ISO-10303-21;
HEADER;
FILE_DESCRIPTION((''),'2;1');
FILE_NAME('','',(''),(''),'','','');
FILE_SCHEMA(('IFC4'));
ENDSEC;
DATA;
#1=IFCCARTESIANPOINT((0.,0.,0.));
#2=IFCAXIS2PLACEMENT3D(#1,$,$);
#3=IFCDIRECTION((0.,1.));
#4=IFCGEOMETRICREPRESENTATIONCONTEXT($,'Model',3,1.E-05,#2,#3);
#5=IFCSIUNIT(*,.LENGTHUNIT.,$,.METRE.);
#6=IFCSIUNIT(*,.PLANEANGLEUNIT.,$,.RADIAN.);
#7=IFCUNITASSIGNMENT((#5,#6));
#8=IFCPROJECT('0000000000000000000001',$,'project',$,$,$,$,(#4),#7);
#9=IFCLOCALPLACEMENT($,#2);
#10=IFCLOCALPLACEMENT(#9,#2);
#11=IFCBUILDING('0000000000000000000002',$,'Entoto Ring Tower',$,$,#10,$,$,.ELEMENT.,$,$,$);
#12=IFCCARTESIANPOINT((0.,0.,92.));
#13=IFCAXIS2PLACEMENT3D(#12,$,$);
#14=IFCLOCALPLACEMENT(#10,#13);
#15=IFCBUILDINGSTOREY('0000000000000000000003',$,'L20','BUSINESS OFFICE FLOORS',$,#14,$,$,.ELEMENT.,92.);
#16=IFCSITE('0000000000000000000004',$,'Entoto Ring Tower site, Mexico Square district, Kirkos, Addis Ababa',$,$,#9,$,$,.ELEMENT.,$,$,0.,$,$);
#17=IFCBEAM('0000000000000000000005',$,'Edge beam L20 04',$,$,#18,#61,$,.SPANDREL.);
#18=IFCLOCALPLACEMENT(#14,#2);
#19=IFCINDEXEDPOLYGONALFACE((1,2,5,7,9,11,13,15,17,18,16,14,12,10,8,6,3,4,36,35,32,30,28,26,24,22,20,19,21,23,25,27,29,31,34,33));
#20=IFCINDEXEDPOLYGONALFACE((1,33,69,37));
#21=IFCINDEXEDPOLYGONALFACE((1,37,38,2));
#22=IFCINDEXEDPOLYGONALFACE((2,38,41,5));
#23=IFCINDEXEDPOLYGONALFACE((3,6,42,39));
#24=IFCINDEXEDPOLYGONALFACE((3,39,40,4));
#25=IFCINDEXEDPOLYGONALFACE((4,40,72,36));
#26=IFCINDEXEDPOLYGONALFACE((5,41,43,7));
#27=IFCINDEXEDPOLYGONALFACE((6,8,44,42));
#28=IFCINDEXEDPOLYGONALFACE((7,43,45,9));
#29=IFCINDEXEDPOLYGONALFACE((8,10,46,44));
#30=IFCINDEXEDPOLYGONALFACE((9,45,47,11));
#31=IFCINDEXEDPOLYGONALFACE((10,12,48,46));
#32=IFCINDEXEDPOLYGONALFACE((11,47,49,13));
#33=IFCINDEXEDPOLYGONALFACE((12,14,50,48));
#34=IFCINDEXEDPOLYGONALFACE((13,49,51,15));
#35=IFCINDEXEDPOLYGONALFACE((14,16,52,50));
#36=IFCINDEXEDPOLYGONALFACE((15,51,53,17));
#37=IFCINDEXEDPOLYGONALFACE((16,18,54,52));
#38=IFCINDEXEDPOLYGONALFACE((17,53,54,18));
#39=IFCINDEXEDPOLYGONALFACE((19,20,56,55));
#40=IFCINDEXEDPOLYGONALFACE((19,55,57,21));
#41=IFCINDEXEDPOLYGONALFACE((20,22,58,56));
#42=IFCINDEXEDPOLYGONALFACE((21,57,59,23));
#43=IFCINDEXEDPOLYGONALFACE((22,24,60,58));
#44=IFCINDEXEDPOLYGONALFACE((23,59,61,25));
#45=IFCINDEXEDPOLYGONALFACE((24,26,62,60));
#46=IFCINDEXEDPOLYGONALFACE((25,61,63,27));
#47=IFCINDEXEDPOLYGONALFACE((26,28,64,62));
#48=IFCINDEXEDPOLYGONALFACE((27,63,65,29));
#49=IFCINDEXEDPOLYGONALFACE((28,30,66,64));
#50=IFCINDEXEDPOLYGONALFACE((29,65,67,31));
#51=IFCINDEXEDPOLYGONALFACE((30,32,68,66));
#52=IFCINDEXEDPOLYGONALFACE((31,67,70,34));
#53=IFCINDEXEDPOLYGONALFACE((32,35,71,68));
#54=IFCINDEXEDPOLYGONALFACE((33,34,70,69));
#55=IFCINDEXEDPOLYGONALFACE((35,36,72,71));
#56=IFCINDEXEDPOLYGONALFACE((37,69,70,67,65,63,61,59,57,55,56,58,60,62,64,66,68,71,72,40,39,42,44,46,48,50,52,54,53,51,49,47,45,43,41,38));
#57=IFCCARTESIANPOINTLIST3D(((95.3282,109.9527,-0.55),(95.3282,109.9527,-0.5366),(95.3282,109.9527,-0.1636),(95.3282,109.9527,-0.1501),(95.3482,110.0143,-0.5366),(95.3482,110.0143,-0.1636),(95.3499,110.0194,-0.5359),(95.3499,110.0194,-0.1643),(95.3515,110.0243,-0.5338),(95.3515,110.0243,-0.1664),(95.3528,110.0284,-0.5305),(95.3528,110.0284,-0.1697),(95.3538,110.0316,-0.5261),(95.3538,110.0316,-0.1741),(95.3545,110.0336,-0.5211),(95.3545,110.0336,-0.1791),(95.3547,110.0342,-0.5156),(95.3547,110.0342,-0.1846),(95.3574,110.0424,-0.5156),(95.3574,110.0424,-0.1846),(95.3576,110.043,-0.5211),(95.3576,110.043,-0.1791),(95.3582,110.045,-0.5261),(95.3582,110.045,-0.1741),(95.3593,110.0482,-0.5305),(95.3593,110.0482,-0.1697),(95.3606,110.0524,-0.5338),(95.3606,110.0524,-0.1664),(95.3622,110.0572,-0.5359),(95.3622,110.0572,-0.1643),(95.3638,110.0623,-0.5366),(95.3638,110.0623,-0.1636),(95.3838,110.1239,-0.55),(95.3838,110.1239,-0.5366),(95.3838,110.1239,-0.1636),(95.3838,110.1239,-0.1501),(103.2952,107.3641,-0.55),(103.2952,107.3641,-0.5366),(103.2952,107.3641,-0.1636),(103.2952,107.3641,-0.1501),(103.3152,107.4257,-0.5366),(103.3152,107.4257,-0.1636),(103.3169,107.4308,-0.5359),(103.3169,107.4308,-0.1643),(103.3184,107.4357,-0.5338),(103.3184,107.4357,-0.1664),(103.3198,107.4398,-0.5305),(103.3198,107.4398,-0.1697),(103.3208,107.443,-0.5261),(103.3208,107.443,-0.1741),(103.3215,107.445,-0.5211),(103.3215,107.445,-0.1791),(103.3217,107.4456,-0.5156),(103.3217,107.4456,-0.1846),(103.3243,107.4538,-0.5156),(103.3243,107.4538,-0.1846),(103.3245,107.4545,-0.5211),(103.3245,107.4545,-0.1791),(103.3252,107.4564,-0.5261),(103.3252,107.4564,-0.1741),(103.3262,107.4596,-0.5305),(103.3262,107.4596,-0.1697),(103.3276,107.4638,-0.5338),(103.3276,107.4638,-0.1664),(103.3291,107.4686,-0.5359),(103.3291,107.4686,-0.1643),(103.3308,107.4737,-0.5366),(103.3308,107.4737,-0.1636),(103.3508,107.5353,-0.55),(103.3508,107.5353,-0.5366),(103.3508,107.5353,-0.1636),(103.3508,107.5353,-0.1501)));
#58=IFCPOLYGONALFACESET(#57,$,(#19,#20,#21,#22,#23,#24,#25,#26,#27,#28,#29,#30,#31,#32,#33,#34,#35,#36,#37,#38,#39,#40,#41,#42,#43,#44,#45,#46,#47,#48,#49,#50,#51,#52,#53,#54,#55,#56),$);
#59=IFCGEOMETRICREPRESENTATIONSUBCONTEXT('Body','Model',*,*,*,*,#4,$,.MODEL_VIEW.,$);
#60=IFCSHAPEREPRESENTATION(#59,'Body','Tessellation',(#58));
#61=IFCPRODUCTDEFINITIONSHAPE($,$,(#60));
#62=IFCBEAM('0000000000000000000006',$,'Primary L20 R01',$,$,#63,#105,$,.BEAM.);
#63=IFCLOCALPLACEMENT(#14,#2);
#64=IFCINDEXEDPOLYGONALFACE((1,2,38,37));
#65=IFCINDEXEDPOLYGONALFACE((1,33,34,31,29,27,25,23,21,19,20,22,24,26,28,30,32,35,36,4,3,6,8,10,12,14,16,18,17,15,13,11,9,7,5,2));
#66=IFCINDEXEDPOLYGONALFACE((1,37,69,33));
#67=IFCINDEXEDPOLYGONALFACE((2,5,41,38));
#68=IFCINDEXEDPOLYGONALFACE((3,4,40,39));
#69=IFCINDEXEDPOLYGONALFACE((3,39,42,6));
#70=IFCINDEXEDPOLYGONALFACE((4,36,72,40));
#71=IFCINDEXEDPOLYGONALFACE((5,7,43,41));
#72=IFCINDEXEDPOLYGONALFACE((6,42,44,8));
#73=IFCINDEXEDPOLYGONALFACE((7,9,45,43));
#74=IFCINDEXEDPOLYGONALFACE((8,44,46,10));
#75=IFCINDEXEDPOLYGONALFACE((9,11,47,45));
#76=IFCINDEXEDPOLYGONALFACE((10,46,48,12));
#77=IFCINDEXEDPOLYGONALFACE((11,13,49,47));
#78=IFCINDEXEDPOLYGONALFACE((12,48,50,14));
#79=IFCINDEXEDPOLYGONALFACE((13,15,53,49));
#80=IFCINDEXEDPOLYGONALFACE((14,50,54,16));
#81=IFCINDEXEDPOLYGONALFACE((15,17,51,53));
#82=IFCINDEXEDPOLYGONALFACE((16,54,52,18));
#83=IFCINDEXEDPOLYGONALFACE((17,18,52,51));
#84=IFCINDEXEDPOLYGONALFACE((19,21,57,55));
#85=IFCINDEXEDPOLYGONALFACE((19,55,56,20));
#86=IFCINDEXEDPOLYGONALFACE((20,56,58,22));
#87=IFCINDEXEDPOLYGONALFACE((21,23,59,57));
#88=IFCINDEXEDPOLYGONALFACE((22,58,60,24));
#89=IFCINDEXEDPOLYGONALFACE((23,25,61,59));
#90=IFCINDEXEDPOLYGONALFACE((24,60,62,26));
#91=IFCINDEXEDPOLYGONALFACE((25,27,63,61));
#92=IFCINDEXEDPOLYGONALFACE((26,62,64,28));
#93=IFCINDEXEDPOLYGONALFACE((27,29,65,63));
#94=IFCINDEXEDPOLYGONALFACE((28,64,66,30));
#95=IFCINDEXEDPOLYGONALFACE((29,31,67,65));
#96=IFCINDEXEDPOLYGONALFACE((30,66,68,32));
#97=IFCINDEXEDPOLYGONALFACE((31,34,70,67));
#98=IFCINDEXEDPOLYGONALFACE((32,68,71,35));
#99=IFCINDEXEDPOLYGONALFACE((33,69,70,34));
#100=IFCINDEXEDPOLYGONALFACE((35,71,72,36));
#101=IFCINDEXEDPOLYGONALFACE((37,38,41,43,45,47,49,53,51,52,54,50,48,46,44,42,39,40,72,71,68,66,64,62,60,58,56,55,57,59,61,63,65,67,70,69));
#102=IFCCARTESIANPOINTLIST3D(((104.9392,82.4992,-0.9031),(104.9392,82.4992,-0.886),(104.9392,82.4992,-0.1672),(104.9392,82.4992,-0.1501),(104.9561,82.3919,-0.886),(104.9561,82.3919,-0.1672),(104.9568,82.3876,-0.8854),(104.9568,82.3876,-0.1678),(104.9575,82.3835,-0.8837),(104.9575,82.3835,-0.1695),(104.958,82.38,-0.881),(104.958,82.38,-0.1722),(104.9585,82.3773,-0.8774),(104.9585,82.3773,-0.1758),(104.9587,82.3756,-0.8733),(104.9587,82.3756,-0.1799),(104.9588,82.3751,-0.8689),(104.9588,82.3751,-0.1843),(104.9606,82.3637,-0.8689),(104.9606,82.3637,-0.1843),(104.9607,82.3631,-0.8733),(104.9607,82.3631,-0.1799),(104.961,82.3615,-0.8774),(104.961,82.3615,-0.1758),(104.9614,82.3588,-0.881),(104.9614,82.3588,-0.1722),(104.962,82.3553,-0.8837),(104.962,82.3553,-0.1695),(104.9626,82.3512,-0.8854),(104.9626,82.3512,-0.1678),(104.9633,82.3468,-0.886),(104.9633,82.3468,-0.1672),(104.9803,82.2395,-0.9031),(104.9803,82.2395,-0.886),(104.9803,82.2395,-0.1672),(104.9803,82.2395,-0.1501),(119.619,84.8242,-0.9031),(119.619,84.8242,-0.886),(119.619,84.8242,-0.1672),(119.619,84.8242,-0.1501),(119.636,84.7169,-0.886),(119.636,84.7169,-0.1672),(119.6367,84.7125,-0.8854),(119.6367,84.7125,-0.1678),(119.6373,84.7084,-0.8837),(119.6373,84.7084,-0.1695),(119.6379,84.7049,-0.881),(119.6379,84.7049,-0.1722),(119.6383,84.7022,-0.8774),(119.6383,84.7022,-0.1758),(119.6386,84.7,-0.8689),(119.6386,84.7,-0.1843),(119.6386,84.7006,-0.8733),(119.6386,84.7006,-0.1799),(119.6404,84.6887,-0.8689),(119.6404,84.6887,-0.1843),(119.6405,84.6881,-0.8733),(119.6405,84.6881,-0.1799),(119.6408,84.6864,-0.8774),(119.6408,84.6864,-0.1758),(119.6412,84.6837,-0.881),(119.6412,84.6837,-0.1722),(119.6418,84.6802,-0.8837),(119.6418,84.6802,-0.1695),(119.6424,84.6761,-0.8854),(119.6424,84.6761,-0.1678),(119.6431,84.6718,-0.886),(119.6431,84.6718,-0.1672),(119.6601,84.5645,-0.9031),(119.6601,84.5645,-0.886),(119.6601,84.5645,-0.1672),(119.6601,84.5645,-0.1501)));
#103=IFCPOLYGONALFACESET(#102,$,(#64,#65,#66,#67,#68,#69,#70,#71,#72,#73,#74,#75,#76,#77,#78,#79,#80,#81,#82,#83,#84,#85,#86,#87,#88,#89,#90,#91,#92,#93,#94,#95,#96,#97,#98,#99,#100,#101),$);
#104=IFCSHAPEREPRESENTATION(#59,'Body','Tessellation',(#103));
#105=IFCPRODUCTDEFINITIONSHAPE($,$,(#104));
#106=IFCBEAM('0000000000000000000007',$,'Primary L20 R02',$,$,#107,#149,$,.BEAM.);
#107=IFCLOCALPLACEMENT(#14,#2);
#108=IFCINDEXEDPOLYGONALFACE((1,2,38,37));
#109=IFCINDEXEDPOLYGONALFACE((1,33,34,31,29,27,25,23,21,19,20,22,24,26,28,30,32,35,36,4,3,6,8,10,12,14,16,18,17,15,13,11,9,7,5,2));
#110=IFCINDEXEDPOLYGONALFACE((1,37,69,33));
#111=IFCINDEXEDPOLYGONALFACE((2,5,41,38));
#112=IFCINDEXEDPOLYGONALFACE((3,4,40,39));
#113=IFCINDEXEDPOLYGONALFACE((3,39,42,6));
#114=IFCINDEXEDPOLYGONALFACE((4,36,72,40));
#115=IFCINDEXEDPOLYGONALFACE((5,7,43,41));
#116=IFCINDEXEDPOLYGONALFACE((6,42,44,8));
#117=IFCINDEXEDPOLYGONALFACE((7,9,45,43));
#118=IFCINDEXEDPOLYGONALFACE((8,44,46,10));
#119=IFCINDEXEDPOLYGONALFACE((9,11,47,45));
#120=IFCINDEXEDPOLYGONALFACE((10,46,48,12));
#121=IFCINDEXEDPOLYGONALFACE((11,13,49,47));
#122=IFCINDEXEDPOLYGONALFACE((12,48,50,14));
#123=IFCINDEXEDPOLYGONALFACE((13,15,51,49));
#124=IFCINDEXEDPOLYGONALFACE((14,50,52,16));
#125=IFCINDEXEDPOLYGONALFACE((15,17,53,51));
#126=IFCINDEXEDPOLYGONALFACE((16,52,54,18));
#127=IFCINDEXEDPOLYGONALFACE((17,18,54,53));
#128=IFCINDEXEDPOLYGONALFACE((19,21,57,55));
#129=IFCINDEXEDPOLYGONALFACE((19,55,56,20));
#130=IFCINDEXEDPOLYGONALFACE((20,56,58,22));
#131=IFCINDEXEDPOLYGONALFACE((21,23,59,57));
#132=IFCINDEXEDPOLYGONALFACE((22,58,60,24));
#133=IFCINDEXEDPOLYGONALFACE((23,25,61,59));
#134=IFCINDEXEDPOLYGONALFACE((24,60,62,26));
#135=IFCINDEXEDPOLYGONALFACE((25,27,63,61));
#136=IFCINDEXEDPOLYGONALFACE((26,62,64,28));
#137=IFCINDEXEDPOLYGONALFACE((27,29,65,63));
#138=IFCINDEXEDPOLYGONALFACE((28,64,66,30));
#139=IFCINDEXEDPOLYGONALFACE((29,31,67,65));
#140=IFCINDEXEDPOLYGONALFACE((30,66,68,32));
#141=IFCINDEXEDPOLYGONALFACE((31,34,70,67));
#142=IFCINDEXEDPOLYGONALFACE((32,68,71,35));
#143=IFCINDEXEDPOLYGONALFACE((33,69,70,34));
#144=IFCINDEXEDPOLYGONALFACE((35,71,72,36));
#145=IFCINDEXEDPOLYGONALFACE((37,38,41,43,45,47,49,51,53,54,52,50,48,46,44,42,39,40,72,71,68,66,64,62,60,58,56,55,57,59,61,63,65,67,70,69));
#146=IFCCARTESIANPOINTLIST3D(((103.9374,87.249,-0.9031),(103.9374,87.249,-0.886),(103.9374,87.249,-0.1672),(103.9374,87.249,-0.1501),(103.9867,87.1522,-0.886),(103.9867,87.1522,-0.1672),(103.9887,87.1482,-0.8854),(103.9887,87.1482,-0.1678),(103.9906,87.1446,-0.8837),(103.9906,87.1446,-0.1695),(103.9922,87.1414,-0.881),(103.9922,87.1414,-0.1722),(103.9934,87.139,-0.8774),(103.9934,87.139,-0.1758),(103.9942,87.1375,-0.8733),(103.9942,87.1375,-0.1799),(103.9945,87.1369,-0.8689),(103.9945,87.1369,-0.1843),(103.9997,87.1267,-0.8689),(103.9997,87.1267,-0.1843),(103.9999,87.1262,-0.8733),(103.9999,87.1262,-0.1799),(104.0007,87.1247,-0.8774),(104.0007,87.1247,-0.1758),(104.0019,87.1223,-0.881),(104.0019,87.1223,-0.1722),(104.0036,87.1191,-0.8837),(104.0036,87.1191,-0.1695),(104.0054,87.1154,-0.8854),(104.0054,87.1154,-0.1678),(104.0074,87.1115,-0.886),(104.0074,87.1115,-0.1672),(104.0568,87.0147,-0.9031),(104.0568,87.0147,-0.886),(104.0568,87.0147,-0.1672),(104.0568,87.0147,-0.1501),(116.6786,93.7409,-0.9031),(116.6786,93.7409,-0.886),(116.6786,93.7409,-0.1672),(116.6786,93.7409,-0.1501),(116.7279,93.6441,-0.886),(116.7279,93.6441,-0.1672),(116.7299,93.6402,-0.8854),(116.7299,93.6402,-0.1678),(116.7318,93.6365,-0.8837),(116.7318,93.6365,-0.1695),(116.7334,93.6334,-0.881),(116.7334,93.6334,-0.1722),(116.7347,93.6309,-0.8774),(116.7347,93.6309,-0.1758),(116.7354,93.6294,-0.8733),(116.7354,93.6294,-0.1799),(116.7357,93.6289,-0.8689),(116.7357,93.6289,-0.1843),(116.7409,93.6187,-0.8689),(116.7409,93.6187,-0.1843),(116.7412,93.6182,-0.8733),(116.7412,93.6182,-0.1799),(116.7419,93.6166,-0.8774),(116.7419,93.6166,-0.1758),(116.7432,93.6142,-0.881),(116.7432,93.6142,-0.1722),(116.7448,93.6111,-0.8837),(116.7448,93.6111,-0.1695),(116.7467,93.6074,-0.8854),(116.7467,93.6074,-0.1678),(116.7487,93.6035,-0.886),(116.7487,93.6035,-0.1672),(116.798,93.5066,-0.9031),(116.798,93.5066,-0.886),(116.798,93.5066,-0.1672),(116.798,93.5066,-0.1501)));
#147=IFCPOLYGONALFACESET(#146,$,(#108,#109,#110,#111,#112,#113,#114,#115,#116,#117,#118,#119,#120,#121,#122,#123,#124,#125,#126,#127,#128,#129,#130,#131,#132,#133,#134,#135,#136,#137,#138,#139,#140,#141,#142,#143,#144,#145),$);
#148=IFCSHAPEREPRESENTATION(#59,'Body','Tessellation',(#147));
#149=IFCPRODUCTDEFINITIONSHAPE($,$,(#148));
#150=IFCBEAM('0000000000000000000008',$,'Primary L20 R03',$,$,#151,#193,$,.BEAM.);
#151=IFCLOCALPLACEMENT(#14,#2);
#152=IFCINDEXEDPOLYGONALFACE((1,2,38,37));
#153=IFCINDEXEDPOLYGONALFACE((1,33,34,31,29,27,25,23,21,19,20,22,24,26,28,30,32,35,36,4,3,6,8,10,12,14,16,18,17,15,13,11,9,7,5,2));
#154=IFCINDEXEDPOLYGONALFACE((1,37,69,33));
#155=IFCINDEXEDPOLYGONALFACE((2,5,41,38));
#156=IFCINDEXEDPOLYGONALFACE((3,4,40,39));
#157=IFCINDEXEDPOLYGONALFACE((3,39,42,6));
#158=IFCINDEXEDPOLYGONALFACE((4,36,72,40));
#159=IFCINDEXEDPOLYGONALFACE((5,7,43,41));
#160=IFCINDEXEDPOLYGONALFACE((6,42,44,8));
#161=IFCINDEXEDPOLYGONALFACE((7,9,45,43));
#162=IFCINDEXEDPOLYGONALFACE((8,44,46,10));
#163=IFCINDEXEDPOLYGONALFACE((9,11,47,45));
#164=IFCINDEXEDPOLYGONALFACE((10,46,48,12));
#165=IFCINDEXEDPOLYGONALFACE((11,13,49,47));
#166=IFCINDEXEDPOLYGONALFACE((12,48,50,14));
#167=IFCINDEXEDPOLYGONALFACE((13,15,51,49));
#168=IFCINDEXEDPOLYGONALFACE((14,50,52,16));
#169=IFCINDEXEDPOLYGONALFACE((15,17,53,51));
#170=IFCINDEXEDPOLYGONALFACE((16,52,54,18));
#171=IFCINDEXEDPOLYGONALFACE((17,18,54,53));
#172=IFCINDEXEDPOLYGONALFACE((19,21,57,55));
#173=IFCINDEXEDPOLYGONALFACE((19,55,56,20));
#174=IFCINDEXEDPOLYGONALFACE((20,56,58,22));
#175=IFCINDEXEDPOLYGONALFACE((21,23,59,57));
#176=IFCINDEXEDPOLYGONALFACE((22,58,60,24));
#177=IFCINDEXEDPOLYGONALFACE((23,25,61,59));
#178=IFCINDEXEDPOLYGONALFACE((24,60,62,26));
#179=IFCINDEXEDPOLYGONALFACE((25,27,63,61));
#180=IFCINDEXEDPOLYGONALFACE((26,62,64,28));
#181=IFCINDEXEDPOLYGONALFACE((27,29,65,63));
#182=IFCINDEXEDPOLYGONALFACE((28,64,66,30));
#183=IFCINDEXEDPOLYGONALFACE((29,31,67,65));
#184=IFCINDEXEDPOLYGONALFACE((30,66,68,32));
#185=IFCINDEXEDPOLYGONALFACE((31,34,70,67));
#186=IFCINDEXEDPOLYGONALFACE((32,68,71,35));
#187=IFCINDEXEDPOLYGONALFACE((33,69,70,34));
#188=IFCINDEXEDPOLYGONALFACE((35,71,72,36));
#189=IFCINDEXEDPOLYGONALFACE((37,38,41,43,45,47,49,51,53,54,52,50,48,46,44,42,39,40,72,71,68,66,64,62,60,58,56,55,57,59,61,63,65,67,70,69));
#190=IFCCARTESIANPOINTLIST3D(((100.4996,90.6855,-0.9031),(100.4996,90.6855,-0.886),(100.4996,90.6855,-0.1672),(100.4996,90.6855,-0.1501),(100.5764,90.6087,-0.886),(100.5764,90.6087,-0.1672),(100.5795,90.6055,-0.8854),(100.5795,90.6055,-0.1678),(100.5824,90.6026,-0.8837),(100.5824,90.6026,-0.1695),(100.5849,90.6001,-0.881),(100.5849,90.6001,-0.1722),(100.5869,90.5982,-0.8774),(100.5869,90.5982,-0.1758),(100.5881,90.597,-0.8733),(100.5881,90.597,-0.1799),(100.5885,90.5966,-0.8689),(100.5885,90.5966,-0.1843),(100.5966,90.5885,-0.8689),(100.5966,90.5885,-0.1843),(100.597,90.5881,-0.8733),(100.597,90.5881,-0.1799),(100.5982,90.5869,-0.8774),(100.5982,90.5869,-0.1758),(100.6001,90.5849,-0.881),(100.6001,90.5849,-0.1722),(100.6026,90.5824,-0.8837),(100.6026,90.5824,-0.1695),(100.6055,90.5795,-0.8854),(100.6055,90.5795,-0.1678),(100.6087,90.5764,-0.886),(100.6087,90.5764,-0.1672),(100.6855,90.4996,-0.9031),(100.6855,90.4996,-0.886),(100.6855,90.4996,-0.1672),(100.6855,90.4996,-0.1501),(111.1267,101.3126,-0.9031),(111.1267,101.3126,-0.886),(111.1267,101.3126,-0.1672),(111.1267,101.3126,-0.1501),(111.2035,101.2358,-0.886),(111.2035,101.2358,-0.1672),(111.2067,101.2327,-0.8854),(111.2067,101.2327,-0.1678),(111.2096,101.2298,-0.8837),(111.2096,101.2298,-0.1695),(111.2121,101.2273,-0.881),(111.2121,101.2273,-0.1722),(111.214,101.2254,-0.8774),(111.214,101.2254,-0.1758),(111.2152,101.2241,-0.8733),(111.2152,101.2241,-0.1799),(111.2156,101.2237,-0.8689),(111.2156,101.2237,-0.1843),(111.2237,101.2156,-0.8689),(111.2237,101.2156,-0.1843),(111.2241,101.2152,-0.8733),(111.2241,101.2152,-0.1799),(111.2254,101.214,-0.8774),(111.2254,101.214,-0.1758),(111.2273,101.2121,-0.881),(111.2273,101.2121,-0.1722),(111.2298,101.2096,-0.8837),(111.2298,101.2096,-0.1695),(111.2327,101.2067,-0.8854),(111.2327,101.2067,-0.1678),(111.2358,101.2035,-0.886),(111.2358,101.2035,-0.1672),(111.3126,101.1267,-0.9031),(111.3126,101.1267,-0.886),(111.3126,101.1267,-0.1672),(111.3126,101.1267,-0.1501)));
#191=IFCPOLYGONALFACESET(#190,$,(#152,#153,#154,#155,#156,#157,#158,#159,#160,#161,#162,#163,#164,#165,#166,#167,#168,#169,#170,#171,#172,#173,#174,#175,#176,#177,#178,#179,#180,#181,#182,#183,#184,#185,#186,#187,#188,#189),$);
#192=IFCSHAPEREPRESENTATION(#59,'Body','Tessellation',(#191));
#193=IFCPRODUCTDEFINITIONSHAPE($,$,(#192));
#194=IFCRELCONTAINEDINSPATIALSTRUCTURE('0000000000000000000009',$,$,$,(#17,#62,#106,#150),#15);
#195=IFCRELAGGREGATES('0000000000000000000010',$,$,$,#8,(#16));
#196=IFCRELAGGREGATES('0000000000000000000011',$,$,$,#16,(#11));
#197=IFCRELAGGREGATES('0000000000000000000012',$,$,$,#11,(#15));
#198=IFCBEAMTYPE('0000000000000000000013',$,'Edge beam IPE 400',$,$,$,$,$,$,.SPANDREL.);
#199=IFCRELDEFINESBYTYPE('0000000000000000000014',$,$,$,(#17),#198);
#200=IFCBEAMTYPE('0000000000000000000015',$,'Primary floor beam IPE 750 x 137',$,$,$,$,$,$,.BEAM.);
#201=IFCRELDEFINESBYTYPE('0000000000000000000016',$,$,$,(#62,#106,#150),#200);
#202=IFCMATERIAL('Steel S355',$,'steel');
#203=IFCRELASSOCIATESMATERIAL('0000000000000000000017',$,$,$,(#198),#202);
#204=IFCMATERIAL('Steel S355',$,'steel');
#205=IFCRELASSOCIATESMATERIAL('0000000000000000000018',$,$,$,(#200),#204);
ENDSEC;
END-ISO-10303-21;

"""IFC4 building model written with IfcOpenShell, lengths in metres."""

from ifc_helpers import new_model, si_unit, direction, frame, origin, origin_2d, place, context, subcontext, project, spatial, i_section, extrude, material, material_profile, profile_set, type_object, element, save


model = new_model("IFC4")

# Units and contexts
model_context = context("Model", 3, precision=1e-05, world=origin(), true_north=direction((0.0, 1.0)))
body_context = subcontext(model_context, "Body", "Model", "MODEL_VIEW")
ifc_project = project(units=[si_unit("LENGTHUNIT", "METRE"), si_unit("PLANEANGLEUNIT", "RADIAN")], contexts=[model_context])

# Site, building, storey
site_placement = place(None, origin())
site = spatial("IfcSite", under=ifc_project, at=site_placement, Name="Entoto Ring Tower site, Mexico Square district, Kirkos, Addis Ababa", CompositionType="ELEMENT", RefElevation=0.0)
building_placement = place(site_placement, origin())
building = spatial("IfcBuilding", under=site, at=building_placement, Name="Entoto Ring Tower", CompositionType="ELEMENT")
storey_placement = place(building_placement, frame((0.0, 0.0, 92.0)))
storey = spatial("IfcBuildingStorey", under=building, at=storey_placement, Name="L20", Description="BUSINESS OFFICE FLOORS", CompositionType="ELEMENT", Elevation=92.0)

# Beams
ifc_material_1 = material(Name="Steel S355", Category="steel")
ifc_material_profile_1 = material_profile(ifc_material_1, i_section(OverallWidth=0.1799, OverallDepth=0.3999, WebThickness=0.0085, FlangeThickness=0.0134, FilletRadius=0.021, at=origin_2d()), Name="IPE 400")
ifc_profile_set_1 = profile_set([ifc_material_profile_1], Name="Steel S355")
beam_type_1 = type_object("IfcBeamType", Name="Edge beam IPE 400", PredefinedType="SPANDREL", material=ifc_profile_set_1)
for number, where, z_axis, x_axis, name in (
    (1, (103.323, 107.4497, -0.3501), (-0.951057, 0.309014, 0.0), (-0.309014, -0.951057, 0.0), "Edge beam L20 04"),
):
    element("IfcBeam", number, at=place(storey_placement, frame(where, z_axis=z_axis, x_axis=x_axis)), inside=storey, type_object=beam_type_1, Name=name, PredefinedType="SPANDREL", context=body_context, shape_type="SweptSolid", body=[
        extrude(i_section(OverallWidth=0.1799, OverallDepth=0.3999, WebThickness=0.0085, FlangeThickness=0.0134, FilletRadius=0.021, at=origin_2d()), origin(), (0.0, 0.0, 1.0), 8.377),
    ])
ifc_material_2 = material(Name="Steel S355", Category="steel")
ifc_material_profile_2 = material_profile(ifc_material_2, i_section(OverallWidth=0.2629, OverallDepth=0.7529, WebThickness=0.0115, FlangeThickness=0.0171, FilletRadius=0.0171, at=origin_2d()), Name="IPE 750 x 137")
ifc_profile_set_2 = profile_set([ifc_material_profile_2], Name="Steel S355")
beam_type_2 = type_object("IfcBeamType", Name="Primary floor beam IPE 750 x 137", PredefinedType="BEAM", material=ifc_profile_set_2)
beam_1_placement = place(storey_placement, frame((104.9597, 82.3694, -0.5266), z_axis=(0.98769, 0.156426, 0.0), x_axis=(-0.156426, 0.98769, 0.0)))
element("IfcBeam", 2, at=beam_1_placement, inside=storey, type_object=beam_type_2, Name="Primary L20 R01", PredefinedType="BEAM", context=body_context, shape_type="SweptSolid", body=[
    extrude(i_section(OverallWidth=0.2629, OverallDepth=0.7529, WebThickness=0.0115, FlangeThickness=0.0171, FilletRadius=0.0171, at=origin_2d()), origin(), (0.0, 0.0, 1.0), 14.8628),
])
beam_2_placement = place(storey_placement, frame((103.9971, 87.1318, -0.5266), z_axis=(0.891007, 0.453989, 0.0), x_axis=(-0.453989, 0.891007, 0.0)))
element("IfcBeam", 3, at=beam_2_placement, inside=storey, type_object=beam_type_2, Name="Primary L20 R02", PredefinedType="BEAM", context=body_context, shape_type="SweptSolid", body=[
    extrude(i_section(OverallWidth=0.2629, OverallDepth=0.7529, WebThickness=0.0115, FlangeThickness=0.0171, FilletRadius=0.0171, at=origin_2d()), origin(), (0.0, 0.0, 1.0), 14.2998),
])
beam_3_placement = place(storey_placement, frame((100.5925, 90.5925, -0.5266), z_axis=(0.707107, 0.707107, 0.0), x_axis=(-0.707107, 0.707107, 0.0)))
element("IfcBeam", 4, at=beam_3_placement, inside=storey, type_object=beam_type_2, Name="Primary L20 R03", PredefinedType="BEAM", context=body_context, shape_type="SweptSolid", body=[
    extrude(i_section(OverallWidth=0.2629, OverallDepth=0.7529, WebThickness=0.0115, FlangeThickness=0.0171, FilletRadius=0.0171, at=origin_2d()), origin(), (0.0, 0.0, 1.0), 15.0291),
])

save(model, "model.ifc")
